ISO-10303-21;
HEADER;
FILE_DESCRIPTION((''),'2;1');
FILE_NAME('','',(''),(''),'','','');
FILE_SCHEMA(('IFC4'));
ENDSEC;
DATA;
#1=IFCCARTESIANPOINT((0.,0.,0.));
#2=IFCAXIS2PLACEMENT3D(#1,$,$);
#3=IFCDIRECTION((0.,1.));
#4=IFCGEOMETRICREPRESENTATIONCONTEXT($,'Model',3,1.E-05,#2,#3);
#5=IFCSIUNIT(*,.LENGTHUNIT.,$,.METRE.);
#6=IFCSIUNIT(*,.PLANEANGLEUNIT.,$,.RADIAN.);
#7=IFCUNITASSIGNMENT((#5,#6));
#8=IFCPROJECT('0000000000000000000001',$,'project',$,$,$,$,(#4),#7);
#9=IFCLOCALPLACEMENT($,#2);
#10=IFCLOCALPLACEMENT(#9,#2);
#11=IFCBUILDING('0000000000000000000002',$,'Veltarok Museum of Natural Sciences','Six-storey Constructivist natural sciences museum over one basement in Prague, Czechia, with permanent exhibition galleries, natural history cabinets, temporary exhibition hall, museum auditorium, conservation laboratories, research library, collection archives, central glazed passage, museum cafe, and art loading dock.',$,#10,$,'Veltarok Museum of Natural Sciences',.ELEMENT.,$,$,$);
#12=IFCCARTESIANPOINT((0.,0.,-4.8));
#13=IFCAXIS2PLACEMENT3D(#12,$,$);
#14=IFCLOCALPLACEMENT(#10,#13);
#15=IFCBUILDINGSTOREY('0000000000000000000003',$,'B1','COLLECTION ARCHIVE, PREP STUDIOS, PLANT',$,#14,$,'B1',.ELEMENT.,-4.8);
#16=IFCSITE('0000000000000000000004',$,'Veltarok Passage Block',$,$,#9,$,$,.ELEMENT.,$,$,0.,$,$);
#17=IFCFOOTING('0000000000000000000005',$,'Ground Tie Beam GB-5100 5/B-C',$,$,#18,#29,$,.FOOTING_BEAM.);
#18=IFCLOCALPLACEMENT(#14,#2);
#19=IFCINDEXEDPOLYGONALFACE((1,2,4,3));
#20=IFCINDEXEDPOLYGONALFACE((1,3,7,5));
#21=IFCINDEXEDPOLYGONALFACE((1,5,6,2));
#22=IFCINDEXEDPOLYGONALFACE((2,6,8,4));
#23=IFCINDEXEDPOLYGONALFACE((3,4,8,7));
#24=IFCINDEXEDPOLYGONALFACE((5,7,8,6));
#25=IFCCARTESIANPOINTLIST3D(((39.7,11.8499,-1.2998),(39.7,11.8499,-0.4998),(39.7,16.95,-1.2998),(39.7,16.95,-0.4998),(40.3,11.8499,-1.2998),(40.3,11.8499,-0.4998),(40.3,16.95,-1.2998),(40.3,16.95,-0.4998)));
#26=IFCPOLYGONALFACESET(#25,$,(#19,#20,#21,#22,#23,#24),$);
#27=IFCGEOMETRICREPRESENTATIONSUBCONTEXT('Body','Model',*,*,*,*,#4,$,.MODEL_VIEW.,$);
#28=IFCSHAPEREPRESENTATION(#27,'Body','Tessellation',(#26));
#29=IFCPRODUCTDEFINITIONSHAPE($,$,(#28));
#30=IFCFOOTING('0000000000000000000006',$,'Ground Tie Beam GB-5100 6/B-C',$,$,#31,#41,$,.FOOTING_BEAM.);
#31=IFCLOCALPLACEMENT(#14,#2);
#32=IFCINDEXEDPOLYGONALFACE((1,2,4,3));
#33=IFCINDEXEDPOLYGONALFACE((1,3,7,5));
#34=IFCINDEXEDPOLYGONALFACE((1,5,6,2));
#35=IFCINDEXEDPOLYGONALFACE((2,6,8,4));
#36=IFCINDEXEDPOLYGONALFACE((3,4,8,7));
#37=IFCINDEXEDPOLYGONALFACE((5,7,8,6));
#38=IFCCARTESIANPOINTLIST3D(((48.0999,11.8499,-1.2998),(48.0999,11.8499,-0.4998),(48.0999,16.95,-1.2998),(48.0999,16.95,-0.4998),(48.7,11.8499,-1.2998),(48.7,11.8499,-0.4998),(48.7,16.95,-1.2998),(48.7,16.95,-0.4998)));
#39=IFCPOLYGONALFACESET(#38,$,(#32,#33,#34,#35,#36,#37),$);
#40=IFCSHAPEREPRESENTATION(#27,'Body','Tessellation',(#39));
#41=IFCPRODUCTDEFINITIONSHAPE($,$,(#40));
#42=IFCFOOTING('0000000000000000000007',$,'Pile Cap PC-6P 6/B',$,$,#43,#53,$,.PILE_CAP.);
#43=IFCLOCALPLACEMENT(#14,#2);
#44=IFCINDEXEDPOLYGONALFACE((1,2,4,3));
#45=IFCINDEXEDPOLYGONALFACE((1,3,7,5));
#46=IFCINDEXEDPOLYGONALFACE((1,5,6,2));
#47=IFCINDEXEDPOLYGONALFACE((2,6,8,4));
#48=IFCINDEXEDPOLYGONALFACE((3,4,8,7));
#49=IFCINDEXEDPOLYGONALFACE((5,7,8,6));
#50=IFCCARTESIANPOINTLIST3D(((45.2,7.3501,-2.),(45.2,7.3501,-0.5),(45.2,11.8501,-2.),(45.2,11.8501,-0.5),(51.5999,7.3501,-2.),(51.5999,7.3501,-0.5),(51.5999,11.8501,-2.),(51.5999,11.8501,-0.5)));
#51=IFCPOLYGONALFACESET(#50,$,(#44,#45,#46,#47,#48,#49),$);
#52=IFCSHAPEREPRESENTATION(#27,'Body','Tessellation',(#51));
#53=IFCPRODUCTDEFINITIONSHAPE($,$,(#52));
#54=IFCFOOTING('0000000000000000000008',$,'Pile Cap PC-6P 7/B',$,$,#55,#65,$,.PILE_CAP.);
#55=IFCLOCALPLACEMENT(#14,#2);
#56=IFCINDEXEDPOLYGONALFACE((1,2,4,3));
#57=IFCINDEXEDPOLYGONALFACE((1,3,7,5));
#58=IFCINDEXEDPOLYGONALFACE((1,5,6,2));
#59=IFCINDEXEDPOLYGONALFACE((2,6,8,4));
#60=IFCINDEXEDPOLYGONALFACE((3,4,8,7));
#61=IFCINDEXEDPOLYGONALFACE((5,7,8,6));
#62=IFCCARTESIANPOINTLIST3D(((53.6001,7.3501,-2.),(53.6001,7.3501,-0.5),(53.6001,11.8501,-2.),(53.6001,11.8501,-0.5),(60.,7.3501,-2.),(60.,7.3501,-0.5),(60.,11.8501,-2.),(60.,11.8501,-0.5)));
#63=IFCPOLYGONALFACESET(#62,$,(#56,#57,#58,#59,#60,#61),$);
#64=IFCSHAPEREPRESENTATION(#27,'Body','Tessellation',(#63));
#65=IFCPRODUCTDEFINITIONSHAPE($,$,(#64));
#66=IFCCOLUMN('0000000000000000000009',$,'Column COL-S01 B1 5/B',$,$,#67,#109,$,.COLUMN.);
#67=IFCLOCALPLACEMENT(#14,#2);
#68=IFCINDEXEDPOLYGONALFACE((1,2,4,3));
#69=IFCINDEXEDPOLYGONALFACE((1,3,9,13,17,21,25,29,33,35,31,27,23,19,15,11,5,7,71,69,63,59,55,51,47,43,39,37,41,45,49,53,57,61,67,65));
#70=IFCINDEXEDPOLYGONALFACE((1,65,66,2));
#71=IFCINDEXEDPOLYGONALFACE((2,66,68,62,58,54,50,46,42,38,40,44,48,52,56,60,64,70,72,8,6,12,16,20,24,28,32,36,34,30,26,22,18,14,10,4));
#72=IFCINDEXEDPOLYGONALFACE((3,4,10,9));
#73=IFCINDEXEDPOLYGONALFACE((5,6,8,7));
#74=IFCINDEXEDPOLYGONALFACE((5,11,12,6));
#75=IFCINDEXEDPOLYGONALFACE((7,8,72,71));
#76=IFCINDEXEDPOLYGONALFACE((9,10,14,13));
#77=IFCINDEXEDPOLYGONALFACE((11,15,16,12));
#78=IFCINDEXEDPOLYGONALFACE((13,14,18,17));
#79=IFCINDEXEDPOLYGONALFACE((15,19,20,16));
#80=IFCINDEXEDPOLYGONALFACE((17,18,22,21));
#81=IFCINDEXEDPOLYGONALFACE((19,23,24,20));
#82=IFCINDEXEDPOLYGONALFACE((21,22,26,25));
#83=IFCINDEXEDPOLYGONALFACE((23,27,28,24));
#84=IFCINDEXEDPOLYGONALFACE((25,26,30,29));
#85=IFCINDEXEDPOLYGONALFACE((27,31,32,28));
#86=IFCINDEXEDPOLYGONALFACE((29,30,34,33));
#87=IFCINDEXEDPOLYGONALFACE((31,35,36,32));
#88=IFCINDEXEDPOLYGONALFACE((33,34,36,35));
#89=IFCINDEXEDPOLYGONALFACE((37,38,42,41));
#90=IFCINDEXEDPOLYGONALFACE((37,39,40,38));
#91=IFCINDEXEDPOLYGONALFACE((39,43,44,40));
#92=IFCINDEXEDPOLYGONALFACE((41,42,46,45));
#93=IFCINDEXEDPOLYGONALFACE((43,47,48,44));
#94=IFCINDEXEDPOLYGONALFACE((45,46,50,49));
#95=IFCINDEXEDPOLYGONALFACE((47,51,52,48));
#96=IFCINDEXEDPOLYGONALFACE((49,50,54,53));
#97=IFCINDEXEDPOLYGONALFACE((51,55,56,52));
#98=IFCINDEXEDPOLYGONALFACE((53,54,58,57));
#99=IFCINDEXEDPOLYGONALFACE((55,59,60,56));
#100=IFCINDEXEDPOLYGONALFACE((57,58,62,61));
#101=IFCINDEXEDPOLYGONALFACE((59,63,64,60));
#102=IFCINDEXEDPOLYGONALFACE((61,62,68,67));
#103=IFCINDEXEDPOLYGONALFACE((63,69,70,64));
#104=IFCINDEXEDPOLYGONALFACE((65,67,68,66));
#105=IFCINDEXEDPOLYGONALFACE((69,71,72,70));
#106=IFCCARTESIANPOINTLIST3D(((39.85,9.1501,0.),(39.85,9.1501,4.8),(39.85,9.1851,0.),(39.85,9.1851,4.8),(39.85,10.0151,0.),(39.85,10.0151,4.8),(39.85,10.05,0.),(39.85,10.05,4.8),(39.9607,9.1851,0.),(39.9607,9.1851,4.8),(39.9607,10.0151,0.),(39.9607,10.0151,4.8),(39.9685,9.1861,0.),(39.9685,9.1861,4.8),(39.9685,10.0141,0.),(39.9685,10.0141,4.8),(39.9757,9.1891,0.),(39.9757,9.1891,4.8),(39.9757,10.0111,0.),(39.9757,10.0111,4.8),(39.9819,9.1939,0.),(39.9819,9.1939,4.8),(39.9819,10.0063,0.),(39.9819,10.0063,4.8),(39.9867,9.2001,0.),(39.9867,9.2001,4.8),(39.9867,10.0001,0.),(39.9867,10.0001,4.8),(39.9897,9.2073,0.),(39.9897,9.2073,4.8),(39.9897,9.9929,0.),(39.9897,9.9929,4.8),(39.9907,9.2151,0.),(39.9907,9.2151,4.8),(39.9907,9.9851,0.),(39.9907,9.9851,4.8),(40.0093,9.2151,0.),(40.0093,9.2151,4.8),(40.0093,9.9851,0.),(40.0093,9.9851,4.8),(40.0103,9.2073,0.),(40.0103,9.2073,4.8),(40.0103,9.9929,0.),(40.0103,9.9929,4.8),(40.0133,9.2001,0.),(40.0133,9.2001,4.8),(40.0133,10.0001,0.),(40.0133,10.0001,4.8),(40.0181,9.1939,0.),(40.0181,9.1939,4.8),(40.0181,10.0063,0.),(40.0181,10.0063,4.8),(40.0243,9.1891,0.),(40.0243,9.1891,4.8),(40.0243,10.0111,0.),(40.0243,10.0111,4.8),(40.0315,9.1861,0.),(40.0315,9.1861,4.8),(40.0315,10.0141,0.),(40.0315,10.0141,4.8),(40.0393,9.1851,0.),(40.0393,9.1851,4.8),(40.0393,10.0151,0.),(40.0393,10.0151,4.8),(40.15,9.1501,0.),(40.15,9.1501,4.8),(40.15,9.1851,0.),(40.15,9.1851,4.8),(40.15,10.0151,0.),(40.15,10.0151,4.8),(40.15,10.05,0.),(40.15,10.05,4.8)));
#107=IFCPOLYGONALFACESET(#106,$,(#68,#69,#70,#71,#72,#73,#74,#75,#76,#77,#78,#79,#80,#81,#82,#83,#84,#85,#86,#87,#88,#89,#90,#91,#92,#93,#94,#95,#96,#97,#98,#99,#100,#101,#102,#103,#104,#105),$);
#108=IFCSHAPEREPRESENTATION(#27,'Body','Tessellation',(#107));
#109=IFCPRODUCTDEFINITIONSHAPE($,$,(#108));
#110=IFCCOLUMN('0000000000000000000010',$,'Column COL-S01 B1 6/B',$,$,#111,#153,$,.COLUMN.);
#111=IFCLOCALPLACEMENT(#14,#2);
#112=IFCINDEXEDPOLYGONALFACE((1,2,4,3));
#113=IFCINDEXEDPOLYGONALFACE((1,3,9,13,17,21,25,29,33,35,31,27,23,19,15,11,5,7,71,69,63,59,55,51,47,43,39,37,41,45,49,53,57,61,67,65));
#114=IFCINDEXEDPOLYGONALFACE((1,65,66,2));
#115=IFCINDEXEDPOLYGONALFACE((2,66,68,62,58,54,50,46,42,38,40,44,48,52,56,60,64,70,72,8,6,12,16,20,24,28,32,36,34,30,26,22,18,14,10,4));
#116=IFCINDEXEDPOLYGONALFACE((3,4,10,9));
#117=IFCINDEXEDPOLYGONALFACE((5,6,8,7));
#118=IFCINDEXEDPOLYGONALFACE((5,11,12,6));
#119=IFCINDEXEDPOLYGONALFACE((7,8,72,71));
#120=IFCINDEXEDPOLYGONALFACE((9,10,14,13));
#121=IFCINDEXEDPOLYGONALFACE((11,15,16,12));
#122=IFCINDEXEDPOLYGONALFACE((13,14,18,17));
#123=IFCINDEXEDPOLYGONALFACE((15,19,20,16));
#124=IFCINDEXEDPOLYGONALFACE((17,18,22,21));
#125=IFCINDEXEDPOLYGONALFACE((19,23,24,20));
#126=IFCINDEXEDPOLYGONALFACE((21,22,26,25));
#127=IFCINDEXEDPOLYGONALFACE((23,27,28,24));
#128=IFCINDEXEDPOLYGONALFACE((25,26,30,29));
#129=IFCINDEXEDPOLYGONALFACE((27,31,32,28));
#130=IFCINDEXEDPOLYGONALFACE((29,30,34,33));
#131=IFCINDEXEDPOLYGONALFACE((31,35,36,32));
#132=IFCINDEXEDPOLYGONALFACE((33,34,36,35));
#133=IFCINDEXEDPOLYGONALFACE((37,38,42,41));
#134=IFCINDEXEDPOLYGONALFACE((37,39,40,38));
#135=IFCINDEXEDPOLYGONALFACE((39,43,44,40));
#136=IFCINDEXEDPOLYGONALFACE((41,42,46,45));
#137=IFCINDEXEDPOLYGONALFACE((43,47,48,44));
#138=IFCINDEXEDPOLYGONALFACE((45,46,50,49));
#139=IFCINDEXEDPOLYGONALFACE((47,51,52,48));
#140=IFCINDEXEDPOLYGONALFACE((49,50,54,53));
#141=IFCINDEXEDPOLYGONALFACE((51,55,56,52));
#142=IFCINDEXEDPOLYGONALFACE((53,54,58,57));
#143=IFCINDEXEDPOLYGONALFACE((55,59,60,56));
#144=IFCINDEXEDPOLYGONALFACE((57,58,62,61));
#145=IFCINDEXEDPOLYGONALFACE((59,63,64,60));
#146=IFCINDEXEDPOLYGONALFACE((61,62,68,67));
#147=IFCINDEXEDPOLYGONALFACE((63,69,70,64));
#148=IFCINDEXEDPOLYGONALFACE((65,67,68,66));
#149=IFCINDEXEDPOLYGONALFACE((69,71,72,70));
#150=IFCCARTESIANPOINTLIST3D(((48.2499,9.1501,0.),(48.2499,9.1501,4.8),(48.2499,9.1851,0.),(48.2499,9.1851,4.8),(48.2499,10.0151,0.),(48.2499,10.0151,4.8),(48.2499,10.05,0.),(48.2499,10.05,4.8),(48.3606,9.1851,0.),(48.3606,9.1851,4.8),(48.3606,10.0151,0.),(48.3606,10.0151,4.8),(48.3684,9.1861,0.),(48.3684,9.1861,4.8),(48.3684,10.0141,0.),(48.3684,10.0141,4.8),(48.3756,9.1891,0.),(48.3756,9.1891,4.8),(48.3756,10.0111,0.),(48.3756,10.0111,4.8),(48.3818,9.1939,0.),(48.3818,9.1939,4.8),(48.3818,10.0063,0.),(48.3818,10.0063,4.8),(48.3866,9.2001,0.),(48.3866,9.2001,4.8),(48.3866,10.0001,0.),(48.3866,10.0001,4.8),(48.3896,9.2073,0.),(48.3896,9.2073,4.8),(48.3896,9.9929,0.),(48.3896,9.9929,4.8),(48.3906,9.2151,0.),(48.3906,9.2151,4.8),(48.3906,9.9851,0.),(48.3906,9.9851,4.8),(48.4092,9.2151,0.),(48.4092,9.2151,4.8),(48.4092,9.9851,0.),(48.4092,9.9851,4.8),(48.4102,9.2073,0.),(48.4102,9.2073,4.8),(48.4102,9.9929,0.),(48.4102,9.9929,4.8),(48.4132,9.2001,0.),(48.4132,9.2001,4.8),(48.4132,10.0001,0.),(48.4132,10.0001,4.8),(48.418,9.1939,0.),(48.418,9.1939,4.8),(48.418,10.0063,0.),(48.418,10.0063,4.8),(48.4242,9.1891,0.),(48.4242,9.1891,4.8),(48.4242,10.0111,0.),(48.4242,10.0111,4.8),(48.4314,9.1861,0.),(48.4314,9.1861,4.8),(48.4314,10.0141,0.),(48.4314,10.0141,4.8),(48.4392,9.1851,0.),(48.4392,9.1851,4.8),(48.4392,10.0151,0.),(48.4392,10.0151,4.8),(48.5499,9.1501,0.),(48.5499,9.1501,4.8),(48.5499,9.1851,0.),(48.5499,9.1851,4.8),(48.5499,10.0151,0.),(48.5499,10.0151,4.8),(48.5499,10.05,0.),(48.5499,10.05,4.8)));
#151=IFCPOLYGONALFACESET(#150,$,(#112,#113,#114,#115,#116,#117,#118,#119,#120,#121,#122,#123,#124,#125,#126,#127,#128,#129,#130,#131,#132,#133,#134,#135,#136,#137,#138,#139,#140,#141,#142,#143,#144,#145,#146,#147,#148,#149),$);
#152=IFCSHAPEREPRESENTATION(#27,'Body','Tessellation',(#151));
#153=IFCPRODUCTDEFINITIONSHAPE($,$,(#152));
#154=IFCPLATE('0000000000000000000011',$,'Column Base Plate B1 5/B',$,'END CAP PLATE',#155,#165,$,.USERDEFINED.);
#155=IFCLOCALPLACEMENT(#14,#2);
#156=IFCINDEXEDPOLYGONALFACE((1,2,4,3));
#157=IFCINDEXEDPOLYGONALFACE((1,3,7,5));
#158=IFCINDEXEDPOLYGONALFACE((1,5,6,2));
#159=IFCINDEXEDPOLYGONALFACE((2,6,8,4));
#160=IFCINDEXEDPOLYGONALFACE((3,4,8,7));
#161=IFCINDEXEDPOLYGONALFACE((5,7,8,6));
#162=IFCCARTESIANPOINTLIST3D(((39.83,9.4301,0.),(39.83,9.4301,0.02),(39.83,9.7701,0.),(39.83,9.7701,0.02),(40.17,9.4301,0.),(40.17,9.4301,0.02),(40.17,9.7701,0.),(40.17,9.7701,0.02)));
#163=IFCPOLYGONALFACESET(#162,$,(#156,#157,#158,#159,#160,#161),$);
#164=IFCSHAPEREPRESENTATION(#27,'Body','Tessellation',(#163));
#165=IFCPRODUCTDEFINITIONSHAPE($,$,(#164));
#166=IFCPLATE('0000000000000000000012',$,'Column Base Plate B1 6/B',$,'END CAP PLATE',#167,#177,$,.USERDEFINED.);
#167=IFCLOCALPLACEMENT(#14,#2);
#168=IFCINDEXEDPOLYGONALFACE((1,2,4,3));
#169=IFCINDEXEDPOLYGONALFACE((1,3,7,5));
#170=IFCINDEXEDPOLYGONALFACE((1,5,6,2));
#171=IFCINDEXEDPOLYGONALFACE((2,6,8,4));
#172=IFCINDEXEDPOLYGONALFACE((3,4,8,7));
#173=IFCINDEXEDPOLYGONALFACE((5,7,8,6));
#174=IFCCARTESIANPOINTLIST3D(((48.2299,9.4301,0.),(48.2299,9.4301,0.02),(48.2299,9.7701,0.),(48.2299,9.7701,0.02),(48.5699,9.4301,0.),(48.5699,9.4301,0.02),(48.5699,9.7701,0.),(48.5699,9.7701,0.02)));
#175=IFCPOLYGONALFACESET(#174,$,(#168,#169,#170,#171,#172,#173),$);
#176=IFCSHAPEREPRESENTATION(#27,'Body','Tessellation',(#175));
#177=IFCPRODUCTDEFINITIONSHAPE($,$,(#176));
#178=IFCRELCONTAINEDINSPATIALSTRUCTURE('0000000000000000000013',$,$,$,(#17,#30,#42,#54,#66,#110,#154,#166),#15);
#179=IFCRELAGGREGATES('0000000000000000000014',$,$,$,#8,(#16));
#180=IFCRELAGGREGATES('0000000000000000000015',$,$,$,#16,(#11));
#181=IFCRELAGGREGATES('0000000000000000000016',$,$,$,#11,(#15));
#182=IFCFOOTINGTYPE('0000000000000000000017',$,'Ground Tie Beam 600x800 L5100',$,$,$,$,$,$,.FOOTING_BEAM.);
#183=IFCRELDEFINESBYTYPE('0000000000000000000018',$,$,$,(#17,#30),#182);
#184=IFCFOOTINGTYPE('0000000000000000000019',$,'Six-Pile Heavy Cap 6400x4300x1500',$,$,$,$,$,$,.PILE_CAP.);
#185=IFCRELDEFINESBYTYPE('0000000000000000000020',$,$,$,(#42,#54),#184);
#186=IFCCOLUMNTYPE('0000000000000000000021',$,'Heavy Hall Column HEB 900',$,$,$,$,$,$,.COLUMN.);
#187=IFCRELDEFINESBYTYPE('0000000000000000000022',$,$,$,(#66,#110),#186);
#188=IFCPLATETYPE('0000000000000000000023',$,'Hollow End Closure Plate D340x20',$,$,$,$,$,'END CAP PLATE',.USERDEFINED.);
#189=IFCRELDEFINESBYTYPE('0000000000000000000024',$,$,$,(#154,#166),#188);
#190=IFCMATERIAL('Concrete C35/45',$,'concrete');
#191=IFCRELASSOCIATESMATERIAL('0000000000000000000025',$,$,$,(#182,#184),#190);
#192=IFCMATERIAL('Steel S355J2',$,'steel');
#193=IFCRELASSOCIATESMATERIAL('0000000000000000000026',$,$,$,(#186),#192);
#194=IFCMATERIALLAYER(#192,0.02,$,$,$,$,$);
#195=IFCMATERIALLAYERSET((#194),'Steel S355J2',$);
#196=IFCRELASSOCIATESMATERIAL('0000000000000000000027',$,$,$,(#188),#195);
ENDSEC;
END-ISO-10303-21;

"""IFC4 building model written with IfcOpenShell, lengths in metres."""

from ifc_helpers import new_model, si_unit, direction, frame, origin, origin_2d, place, context, subcontext, project, spatial, rectangle, i_section, extrude, material, layer, layer_set, material_profile, profile_set, type_object, element, save


model = new_model("IFC4")

# Units and contexts
model_context = context("Model", 3, precision=1e-05, world=origin(), true_north=direction((0.0, 1.0)))
body_context = subcontext(model_context, "Body", "Model", "MODEL_VIEW")
ifc_project = project(units=[si_unit("LENGTHUNIT", "METRE"), si_unit("PLANEANGLEUNIT", "RADIAN")], contexts=[model_context])

# Site, building, storey
site_placement = place(None, origin())
site = spatial("IfcSite", under=ifc_project, at=site_placement, Name="Veltarok Passage Block", CompositionType="ELEMENT", RefElevation=0.0)
building_placement = place(site_placement, origin())
building = spatial("IfcBuilding", under=site, at=building_placement, Name="Veltarok Museum of Natural Sciences", Description="Six-storey Constructivist natural sciences museum over one basement in Prague, Czechia, with permanent exhibition galleries, natural history cabinets, temporary exhibition hall, museum auditorium, conservation laboratories, research library, collection archives, central glazed passage, museum cafe, and art loading dock.", LongName="Veltarok Museum of Natural Sciences", CompositionType="ELEMENT")
storey_placement = place(building_placement, frame((0.0, 0.0, -4.8)))
storey = spatial("IfcBuildingStorey", under=building, at=storey_placement, Name="B1", Description="COLLECTION ARCHIVE, PREP STUDIOS, PLANT", LongName="B1", CompositionType="ELEMENT", Elevation=-4.8)

# Shared definitions
ifc_material_1 = material(Name="Concrete C35/45", Category="concrete")

# Footings
footing_type_1 = type_object("IfcFootingType", Name="Ground Tie Beam 600x800 L5100", PredefinedType="FOOTING_BEAM", material=ifc_material_1)
for number, where, z_axis, x_axis, name in (
    (1, (40.0, 14.3999, -1.2998), (0.0, 0.0, 1.0), (0.0, 1.0, 0.0), "Ground Tie Beam GB-5100 5/B-C"),
    (2, (48.3999, 14.3999, -1.2998), (0.0, 0.0, 1.0), (0.0, 1.0, 0.0), "Ground Tie Beam GB-5100 6/B-C"),
):
    element("IfcFooting", number, at=place(storey_placement, frame(where, z_axis=z_axis, x_axis=x_axis)), inside=storey, type_object=footing_type_1, Name=name, PredefinedType="FOOTING_BEAM", context=body_context, shape_type="SweptSolid", body=[
        extrude(rectangle(XDim=5.1001, YDim=0.6001, at=origin_2d()), origin(), (0.0, 0.0, 1.0), 0.8),
    ])
footing_type_2 = type_object("IfcFootingType", Name="Six-Pile Heavy Cap 6400x4300x1500", PredefinedType="PILE_CAP", material=ifc_material_1)
for number, where, z_axis, x_axis, name in (
    (3, (48.3999, 9.6001, -2.0), (0.0, 0.0, 1.0), (1.0, 0.0, 0.0), "Pile Cap PC-6P 6/B"),
    (4, (56.8, 9.6001, -2.0), (0.0, 0.0, 1.0), (1.0, 0.0, 0.0), "Pile Cap PC-6P 7/B"),
):
    element("IfcFooting", number, at=place(storey_placement, frame(where, z_axis=z_axis, x_axis=x_axis)), inside=storey, type_object=footing_type_2, Name=name, PredefinedType="PILE_CAP", context=body_context, shape_type="SweptSolid", body=[
        extrude(rectangle(XDim=6.3999, YDim=4.5, at=origin_2d()), origin(), (0.0, 0.0, 1.0), 1.5),
    ])

# Columns
ifc_material_2 = material(Name="Steel S355J2", Category="steel")
ifc_material_profile_1 = material_profile(ifc_material_2, i_section(OverallWidth=0.3, OverallDepth=0.8999, WebThickness=0.0186, FlangeThickness=0.0349, FilletRadius=0.03, at=origin_2d()), Name="HEB 900")
ifc_profile_set_1 = profile_set([ifc_material_profile_1], Name="Steel S355J2")
column_type = type_object("IfcColumnType", Name="Heavy Hall Column HEB 900", PredefinedType="COLUMN", material=ifc_profile_set_1)
for number, where, z_axis, x_axis, name in (
    (5, (40.0, 9.6001, 0.0), (0.0, 0.0, 1.0), (1.0, 0.0, 0.0), "Column COL-S01 B1 5/B"),
    (6, (48.3999, 9.6001, 0.0), (0.0, 0.0, 1.0), (1.0, 0.0, 0.0), "Column COL-S01 B1 6/B"),
):
    element("IfcColumn", number, at=place(storey_placement, frame(where, z_axis=z_axis, x_axis=x_axis)), inside=storey, type_object=column_type, Name=name, PredefinedType="COLUMN", context=body_context, shape_type="SweptSolid", body=[
        extrude(i_section(OverallWidth=0.3, OverallDepth=0.8999, WebThickness=0.0186, FlangeThickness=0.0349, FilletRadius=0.03, at=origin_2d()), origin(), (0.0, 0.0, 1.0), 4.8),
    ])

# Plates
ifc_layer_1 = layer(ifc_material_2, 0.02)
ifc_layer_set_1 = layer_set([ifc_layer_1], Name="Steel S355J2")
plate_type = type_object("IfcPlateType", Name="Hollow End Closure Plate D340x20", ElementType="END CAP PLATE", PredefinedType="USERDEFINED", material=ifc_layer_set_1)
for number, where, z_axis, x_axis, name in (
    (7, (40.0, 9.6001, 0.0), (0.0, 0.0, 1.0), (1.0, 0.0, 0.0), "Column Base Plate B1 5/B"),
    (8, (48.3999, 9.6001, 0.0), (0.0, 0.0, 1.0), (1.0, 0.0, 0.0), "Column Base Plate B1 6/B"),
):
    element("IfcPlate", number, at=place(storey_placement, frame(where, z_axis=z_axis, x_axis=x_axis)), inside=storey, type_object=plate_type, Name=name, ObjectType="END CAP PLATE", PredefinedType="USERDEFINED", context=body_context, shape_type="SweptSolid", body=[
        extrude(rectangle(XDim=0.3401, YDim=0.3401, at=origin_2d()), origin(), (0.0, 0.0, 1.0), 0.02),
    ])

save(model, "model.ifc")
